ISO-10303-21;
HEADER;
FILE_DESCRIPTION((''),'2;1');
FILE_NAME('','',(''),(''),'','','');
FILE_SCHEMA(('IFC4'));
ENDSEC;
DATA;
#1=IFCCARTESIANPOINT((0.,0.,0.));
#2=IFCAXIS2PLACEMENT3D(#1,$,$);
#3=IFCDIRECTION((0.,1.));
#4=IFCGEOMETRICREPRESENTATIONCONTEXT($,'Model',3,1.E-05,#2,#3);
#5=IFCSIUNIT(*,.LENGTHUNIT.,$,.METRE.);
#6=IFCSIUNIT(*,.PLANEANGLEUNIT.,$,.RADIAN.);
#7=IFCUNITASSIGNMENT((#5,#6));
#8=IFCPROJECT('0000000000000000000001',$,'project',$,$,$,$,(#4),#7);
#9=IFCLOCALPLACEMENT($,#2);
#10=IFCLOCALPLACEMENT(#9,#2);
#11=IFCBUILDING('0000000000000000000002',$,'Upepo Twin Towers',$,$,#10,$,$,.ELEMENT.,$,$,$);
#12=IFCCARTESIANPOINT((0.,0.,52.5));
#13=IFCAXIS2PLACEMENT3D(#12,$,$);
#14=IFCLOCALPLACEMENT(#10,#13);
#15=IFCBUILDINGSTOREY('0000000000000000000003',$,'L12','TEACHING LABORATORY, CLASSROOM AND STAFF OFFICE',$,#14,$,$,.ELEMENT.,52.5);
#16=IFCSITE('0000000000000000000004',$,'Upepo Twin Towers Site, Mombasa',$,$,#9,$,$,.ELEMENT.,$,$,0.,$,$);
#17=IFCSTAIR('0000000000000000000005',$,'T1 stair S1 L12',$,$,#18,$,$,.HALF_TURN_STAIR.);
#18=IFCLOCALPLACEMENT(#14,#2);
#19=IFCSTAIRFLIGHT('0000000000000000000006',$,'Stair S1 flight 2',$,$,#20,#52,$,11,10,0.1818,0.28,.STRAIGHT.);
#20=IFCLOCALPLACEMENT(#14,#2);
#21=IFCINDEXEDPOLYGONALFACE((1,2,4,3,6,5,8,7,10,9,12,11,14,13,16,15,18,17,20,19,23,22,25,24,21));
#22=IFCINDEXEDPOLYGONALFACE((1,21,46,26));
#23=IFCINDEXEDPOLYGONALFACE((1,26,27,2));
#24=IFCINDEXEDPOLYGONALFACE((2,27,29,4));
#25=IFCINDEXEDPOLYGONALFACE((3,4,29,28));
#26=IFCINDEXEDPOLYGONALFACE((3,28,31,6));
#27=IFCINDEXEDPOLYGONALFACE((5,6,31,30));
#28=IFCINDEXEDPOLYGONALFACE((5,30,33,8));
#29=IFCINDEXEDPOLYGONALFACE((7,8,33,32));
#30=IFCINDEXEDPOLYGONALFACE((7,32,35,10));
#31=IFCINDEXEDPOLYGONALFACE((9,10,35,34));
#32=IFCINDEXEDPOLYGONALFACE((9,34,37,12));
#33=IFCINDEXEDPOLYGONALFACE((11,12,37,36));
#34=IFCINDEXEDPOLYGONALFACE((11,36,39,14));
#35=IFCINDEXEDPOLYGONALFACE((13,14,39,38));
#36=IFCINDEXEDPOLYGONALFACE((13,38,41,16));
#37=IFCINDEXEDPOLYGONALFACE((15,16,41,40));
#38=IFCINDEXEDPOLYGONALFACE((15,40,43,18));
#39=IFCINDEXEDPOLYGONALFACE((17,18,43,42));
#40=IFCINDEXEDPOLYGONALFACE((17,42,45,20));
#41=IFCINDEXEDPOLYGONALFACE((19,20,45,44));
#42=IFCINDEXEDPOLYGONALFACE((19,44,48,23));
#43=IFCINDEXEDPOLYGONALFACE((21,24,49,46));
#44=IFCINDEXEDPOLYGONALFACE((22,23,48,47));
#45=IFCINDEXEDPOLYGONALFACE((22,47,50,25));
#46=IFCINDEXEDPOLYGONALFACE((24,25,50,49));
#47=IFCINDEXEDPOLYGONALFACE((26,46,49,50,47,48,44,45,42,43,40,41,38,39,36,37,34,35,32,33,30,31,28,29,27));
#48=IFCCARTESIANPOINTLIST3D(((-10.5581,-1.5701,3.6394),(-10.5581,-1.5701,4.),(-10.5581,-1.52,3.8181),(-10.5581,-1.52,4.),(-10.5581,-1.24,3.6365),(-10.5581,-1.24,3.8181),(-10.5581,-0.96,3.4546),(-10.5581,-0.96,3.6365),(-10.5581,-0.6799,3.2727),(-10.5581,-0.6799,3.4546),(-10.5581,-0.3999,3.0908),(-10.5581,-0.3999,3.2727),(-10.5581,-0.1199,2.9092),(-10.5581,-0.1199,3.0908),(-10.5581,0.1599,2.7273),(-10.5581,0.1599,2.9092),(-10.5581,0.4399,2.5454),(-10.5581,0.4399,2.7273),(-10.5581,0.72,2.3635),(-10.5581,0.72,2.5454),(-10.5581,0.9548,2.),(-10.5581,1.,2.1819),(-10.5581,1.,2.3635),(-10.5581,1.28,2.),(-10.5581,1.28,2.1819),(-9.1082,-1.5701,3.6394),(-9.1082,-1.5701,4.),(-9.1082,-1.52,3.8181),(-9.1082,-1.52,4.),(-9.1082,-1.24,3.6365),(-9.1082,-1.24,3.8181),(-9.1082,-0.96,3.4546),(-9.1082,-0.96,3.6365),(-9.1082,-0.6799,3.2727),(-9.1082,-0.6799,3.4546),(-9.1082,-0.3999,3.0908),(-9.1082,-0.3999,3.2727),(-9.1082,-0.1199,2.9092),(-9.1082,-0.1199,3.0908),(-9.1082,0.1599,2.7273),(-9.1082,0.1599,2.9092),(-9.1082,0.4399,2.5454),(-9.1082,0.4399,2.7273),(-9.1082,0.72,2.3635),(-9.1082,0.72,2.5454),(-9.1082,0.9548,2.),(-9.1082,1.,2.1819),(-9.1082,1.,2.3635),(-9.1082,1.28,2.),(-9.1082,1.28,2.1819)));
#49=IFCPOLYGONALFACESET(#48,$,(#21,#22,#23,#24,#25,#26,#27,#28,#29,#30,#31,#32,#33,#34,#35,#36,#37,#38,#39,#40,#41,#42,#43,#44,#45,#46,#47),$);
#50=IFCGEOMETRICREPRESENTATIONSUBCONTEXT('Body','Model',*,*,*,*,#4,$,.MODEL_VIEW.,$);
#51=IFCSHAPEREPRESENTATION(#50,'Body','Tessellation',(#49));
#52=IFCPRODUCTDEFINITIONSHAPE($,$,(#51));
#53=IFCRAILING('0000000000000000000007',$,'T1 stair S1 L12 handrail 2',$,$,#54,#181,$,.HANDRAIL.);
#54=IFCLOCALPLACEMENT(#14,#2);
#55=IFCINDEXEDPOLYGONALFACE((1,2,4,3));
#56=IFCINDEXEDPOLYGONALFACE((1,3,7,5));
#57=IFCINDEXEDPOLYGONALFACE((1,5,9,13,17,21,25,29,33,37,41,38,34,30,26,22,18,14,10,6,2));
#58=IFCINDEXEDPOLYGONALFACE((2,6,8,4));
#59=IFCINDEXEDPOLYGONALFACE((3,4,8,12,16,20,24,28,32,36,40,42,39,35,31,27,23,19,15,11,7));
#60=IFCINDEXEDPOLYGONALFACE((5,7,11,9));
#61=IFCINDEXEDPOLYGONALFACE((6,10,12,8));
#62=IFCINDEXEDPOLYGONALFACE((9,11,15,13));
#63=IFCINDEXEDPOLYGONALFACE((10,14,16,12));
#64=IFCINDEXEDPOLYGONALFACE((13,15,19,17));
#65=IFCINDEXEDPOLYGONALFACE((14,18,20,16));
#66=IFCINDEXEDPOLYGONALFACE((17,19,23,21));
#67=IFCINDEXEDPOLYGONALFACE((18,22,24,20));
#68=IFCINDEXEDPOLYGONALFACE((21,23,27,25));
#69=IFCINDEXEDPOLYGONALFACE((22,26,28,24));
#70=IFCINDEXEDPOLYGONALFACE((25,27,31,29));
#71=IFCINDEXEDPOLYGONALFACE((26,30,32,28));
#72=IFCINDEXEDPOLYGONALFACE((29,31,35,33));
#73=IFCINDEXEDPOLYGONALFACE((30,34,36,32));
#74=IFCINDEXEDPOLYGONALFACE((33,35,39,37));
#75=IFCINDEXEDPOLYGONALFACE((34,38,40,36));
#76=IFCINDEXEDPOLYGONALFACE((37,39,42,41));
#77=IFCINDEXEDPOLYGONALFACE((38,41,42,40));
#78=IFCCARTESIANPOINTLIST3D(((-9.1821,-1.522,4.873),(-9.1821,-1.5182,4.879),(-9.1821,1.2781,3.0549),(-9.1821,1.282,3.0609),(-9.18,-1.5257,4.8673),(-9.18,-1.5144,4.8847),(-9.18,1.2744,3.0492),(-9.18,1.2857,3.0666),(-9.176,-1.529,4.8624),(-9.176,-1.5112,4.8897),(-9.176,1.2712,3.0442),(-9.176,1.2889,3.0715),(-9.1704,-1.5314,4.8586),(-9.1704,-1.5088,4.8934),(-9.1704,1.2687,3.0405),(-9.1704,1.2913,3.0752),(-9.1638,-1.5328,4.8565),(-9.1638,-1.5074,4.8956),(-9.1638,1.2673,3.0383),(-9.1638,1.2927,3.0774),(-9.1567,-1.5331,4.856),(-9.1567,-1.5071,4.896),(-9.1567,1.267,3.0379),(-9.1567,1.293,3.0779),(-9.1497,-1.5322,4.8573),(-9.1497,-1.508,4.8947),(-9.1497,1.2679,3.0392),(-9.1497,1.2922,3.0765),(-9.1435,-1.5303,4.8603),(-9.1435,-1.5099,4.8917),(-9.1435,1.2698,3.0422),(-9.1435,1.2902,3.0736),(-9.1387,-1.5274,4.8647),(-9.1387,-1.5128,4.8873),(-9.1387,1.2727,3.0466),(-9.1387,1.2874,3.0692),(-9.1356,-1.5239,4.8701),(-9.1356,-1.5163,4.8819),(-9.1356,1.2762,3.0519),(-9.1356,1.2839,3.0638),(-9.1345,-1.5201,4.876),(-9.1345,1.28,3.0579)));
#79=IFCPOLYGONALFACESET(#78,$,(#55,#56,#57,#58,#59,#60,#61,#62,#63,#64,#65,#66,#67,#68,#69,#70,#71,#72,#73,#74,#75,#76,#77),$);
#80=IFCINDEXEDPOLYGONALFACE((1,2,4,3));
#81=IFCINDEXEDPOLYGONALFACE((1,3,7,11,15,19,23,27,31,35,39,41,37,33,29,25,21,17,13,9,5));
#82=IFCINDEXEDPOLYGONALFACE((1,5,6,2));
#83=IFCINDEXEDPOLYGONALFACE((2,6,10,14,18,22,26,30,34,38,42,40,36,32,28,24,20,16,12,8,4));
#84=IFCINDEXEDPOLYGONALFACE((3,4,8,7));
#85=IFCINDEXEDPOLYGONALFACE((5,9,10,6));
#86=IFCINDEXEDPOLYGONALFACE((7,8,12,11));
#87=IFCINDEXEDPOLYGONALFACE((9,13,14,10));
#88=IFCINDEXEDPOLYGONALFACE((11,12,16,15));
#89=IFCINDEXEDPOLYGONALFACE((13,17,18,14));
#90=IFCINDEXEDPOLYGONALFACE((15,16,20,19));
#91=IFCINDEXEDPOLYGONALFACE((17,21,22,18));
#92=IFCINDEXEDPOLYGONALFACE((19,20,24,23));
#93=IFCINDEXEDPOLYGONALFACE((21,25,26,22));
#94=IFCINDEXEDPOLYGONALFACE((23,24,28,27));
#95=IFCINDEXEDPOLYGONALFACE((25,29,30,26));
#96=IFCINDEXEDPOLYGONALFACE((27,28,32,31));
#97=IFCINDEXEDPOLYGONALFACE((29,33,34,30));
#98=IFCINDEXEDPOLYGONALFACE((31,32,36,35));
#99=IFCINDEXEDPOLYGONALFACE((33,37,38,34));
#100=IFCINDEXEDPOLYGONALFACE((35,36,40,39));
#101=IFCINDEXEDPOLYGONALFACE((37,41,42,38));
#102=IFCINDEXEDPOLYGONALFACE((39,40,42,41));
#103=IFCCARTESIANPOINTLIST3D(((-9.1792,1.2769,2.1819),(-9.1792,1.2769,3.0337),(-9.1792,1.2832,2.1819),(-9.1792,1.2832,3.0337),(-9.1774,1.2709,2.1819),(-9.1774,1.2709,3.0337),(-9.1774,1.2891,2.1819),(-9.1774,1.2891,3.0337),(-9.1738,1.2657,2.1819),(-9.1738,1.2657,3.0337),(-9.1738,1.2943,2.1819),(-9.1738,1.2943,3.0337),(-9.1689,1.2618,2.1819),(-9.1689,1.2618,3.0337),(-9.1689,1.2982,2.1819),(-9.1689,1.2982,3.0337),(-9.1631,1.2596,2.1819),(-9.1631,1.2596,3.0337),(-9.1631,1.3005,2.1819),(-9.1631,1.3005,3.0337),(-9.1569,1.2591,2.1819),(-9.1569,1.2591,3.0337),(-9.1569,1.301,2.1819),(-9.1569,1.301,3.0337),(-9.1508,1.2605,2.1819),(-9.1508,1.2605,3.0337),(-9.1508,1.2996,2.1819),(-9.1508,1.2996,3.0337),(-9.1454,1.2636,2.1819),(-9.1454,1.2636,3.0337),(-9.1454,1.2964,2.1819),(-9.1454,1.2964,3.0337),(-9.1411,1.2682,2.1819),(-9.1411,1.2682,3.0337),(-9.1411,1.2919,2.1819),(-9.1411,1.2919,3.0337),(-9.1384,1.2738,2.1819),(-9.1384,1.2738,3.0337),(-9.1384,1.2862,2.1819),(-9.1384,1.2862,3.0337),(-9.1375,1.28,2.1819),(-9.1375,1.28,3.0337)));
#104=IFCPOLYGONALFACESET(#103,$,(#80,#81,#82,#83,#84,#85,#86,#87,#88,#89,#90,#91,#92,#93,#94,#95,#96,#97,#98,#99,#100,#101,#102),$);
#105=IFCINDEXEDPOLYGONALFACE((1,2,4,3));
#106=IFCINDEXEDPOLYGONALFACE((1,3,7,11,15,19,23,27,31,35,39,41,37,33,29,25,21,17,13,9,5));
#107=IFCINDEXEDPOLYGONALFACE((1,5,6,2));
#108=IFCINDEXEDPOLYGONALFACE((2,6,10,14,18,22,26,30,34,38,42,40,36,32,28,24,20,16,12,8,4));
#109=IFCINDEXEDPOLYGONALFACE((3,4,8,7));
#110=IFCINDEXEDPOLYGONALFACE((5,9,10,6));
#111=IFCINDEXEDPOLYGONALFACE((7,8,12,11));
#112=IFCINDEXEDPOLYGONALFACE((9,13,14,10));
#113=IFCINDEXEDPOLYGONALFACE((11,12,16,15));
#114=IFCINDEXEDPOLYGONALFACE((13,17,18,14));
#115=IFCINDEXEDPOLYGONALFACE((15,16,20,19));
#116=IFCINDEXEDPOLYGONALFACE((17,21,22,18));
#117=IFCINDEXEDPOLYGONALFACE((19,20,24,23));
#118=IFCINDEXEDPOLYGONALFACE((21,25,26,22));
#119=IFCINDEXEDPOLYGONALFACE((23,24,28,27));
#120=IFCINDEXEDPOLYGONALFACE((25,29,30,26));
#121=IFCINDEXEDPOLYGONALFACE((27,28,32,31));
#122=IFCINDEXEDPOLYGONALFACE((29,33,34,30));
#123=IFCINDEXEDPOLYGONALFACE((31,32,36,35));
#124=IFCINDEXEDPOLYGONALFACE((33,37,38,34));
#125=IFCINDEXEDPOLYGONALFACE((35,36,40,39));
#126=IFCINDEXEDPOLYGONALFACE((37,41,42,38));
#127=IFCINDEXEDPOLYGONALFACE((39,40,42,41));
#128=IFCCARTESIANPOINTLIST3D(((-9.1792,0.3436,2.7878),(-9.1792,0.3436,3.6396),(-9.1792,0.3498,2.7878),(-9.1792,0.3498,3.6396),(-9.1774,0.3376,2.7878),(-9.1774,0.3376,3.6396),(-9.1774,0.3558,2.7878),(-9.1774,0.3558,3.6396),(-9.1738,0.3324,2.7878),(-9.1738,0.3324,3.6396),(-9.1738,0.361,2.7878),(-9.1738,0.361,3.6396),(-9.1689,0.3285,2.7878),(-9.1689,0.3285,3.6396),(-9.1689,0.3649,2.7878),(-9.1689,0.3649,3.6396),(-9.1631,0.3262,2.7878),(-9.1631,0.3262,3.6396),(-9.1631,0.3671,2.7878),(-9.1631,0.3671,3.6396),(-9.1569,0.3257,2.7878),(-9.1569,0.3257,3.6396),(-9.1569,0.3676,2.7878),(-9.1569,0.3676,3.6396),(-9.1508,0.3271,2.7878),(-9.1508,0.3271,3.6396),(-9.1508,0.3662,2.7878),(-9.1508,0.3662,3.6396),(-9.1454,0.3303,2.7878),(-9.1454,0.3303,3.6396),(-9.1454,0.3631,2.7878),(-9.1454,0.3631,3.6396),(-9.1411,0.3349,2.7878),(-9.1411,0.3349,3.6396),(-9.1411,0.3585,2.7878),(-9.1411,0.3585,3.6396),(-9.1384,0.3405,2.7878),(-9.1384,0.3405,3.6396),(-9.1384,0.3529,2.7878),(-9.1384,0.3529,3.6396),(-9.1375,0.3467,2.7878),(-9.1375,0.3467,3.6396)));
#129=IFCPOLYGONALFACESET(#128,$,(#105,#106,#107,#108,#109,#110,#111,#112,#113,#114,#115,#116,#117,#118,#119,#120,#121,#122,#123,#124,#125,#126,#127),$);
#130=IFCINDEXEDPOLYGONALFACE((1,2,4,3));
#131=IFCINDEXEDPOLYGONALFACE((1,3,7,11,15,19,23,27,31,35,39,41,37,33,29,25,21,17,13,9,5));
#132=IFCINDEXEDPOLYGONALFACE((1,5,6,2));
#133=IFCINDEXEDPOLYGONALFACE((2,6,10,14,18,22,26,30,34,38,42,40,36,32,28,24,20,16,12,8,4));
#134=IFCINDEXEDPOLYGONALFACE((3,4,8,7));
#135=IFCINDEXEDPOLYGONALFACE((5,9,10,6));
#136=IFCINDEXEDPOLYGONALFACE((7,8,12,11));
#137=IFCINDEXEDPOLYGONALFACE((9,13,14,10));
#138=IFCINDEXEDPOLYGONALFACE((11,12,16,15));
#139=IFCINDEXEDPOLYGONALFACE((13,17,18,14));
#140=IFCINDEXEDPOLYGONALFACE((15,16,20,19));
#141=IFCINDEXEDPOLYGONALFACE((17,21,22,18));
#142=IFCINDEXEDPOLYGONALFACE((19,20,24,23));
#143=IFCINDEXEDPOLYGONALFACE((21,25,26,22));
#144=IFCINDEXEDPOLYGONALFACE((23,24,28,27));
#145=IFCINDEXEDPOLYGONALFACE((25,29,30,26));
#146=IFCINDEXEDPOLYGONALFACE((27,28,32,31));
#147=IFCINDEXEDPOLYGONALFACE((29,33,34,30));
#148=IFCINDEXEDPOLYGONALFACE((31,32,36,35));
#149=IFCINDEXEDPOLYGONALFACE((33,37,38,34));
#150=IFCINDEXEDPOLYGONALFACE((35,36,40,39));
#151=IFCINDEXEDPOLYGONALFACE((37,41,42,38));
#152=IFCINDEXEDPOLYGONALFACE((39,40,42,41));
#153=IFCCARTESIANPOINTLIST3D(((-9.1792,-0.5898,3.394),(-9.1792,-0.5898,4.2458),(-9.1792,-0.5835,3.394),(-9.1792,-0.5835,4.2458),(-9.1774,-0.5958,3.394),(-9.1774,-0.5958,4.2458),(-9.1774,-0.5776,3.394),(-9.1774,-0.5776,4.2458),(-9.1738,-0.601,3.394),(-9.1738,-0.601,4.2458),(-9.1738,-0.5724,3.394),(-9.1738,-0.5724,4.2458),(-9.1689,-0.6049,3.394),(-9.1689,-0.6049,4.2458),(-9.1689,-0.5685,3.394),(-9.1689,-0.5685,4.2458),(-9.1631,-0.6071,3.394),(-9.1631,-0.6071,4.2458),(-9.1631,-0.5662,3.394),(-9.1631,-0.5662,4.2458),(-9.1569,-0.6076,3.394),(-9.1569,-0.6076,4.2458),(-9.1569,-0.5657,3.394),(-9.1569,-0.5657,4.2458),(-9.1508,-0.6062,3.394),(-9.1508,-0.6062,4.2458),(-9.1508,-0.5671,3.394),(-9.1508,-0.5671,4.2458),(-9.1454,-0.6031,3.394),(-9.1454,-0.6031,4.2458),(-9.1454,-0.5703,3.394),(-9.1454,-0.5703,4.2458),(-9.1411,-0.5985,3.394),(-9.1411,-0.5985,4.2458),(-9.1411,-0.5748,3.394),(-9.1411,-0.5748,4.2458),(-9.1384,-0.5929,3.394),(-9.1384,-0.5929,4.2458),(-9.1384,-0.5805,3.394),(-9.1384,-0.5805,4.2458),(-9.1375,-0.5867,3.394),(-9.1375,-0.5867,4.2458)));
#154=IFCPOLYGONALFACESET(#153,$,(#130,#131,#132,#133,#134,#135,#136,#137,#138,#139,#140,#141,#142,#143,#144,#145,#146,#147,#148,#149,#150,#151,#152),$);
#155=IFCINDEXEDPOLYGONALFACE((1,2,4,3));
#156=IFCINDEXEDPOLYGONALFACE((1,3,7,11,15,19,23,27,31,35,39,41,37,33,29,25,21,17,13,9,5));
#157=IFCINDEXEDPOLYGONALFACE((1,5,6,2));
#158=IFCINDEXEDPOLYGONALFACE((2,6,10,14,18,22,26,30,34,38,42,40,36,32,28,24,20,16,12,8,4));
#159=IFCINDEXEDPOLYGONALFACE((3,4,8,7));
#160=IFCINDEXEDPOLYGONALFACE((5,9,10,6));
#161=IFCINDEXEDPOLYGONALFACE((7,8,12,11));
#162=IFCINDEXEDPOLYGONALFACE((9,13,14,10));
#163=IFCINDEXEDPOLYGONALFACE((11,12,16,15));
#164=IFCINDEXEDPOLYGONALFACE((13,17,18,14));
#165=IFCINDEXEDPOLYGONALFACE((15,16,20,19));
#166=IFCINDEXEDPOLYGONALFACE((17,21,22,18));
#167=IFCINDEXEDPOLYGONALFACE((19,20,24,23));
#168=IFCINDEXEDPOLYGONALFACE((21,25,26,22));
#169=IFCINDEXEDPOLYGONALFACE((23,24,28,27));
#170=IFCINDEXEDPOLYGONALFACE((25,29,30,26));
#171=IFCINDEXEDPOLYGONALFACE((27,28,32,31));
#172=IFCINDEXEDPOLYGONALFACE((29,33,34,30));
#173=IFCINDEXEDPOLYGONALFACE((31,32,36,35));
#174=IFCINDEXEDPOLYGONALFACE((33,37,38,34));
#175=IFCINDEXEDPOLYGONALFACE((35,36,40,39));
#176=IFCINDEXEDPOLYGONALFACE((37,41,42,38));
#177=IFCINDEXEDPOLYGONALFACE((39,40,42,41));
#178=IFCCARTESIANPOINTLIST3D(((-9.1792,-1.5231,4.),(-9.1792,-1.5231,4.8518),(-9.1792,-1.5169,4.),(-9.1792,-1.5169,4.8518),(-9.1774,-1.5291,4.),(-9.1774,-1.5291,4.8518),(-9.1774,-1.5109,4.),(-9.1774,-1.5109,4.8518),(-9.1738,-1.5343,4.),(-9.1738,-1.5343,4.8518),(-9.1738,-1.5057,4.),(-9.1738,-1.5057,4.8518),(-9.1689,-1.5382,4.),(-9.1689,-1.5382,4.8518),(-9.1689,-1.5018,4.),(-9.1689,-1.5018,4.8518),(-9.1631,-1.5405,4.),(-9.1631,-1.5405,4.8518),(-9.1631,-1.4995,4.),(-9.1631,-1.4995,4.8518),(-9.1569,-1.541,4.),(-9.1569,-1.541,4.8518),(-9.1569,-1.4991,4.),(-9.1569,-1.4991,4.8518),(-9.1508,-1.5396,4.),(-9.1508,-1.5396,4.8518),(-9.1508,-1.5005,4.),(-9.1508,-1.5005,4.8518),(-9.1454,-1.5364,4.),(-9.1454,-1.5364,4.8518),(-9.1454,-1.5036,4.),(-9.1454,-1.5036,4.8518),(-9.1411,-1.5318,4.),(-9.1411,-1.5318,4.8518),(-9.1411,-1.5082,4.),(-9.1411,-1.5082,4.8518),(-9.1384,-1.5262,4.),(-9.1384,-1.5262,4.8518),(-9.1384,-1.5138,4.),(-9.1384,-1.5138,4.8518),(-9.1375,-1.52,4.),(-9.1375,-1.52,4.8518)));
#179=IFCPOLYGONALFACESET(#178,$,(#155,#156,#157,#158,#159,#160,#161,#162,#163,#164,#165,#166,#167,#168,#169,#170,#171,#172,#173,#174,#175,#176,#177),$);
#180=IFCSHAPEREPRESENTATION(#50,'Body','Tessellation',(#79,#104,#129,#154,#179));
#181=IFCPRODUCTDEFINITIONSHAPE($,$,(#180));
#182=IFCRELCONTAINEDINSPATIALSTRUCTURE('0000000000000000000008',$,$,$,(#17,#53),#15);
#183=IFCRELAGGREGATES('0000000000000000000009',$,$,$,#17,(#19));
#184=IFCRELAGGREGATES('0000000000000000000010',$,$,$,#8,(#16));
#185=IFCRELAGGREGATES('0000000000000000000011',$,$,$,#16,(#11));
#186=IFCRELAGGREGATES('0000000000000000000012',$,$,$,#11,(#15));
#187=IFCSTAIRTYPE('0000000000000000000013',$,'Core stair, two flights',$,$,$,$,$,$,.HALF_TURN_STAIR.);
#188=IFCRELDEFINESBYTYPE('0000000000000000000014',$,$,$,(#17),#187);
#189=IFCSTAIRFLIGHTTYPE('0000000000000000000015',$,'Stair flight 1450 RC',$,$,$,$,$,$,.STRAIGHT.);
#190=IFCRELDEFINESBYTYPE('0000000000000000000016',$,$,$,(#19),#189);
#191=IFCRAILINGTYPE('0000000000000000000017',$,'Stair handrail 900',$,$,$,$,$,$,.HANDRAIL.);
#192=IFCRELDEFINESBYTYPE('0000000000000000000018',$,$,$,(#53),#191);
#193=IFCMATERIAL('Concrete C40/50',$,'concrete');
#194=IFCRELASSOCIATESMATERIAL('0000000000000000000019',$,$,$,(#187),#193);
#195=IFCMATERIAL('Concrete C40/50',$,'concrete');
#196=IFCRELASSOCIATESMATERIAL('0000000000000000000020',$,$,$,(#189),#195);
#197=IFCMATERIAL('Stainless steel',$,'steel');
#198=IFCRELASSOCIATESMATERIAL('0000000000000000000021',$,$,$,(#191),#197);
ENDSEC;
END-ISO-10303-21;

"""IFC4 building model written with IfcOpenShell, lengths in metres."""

from ifc_helpers import new_model, si_unit, direction, frame, origin, origin_2d, place, context, subcontext, project, spatial, polyline, circle, outline, extrude, material, type_object, element, aggregate, save


model = new_model("IFC4")

# Units and contexts
model_context = context("Model", 3, precision=1e-05, world=origin(), true_north=direction((0.0, 1.0)))
body_context = subcontext(model_context, "Body", "Model", "MODEL_VIEW")
ifc_project = project(units=[si_unit("LENGTHUNIT", "METRE"), si_unit("PLANEANGLEUNIT", "RADIAN")], contexts=[model_context])

# Site, building, storey
site_placement = place(None, origin())
site = spatial("IfcSite", under=ifc_project, at=site_placement, Name="Upepo Twin Towers Site, Mombasa", CompositionType="ELEMENT", RefElevation=0.0)
building_placement = place(site_placement, origin())
building = spatial("IfcBuilding", under=site, at=building_placement, Name="Upepo Twin Towers", CompositionType="ELEMENT")
storey_placement = place(building_placement, frame((0.0, 0.0, 52.5)))
storey = spatial("IfcBuildingStorey", under=building, at=storey_placement, Name="L12", Description="TEACHING LABORATORY, CLASSROOM AND STAFF OFFICE", CompositionType="ELEMENT", Elevation=52.5)

# Stair, stair flight
ifc_material_1 = material(Name="Concrete C40/50", Category="concrete")
stair_type = type_object("IfcStairType", Name="Core stair, two flights", PredefinedType="HALF_TURN_STAIR", material=ifc_material_1)
stair_placement = place(storey_placement, origin())
stair = element("IfcStair", 1, at=stair_placement, inside=storey, type_object=stair_type, Name="T1 stair S1 L12", PredefinedType="HALF_TURN_STAIR")
ifc_material_2 = material(Name="Concrete C40/50", Category="concrete")
stair_flight_type = type_object("IfcStairFlightType", Name="Stair flight 1450 RC", PredefinedType="STRAIGHT", material=ifc_material_2)
stair_flight_placement = place(storey_placement, frame((-9.8333, 1.28, 2.0), z_axis=(0.0, 0.0, 1.0), x_axis=(0.0, -1.0, 0.0)))
stair_flight = element("IfcStairFlight", 2, at=stair_flight_placement, type_object=stair_flight_type, Name="Stair S1 flight 2", NumberOfRisers=11, NumberOfTreads=10, PredefinedType="STRAIGHT", RiserHeight=0.1818, TreadLength=0.28, context=body_context, shape_type="SweptSolid", body=[
    extrude(outline(polyline([(0.0, 0.0), (0.0, 0.1819), (0.28, 0.1819), (0.28, 0.3635), (0.5601, 0.3635), (0.5601, 0.5454), (0.8401, 0.5454), (0.8401, 0.7273), (1.1201, 0.7273), (1.1201, 0.9092), (1.3999, 0.9092), (1.3999, 1.0908), (1.6799, 1.0908), (1.6799, 1.2727), (1.96, 1.2727), (1.96, 1.4546), (2.24, 1.4546), (2.24, 1.6365), (2.52, 1.6365), (2.52, 1.8181), (2.8, 1.8181), (2.8, 2.0), (2.8501, 2.0), (2.8501, 1.6394), (0.3252, 0.0), (0.0, 0.0)])), frame((0.0, 0.7251, 0.0), z_axis=(0.0, -1.0, 0.0), x_axis=(1.0, 0.0, 0.0)), (0.0, 0.0, 1.0), 1.45),
])
aggregate(stair, [stair_flight])

# Railing
ifc_material_3 = material(Name="Stainless steel", Category="steel")
railing_type = type_object("IfcRailingType", Name="Stair handrail 900", PredefinedType="HANDRAIL", material=ifc_material_3)
railing_placement = place(storey_placement, frame((-9.1584, 1.28, 2.1819)))
element("IfcRailing", 3, at=railing_placement, inside=storey, type_object=railing_type, Name="T1 stair S1 L12 handrail 2", PredefinedType="HANDRAIL", context=body_context, shape_type="SweptSolid", body=[
    extrude(circle(Radius=0.0239, at=origin_2d()), frame((0.0, 0.0, 0.876), z_axis=(0.0, -0.838706, 0.544585), x_axis=(1.0, 0.0, 0.0)), (0.0, 0.0, 1.0), 3.3386),
    extrude(circle(Radius=0.021, at=origin_2d()), origin(), (0.0, 0.0, 1.0), 0.8518),
    extrude(circle(Radius=0.021, at=origin_2d()), frame((0.0, -0.9333, 0.606)), (0.0, 0.0, 1.0), 0.8518),
    extrude(circle(Radius=0.021, at=origin_2d()), frame((0.0, -1.8667, 1.2122)), (0.0, 0.0, 1.0), 0.8518),
    extrude(circle(Radius=0.021, at=origin_2d()), frame((0.0, -2.8, 1.8181)), (0.0, 0.0, 1.0), 0.8518),
])

save(model, "model.ifc")
